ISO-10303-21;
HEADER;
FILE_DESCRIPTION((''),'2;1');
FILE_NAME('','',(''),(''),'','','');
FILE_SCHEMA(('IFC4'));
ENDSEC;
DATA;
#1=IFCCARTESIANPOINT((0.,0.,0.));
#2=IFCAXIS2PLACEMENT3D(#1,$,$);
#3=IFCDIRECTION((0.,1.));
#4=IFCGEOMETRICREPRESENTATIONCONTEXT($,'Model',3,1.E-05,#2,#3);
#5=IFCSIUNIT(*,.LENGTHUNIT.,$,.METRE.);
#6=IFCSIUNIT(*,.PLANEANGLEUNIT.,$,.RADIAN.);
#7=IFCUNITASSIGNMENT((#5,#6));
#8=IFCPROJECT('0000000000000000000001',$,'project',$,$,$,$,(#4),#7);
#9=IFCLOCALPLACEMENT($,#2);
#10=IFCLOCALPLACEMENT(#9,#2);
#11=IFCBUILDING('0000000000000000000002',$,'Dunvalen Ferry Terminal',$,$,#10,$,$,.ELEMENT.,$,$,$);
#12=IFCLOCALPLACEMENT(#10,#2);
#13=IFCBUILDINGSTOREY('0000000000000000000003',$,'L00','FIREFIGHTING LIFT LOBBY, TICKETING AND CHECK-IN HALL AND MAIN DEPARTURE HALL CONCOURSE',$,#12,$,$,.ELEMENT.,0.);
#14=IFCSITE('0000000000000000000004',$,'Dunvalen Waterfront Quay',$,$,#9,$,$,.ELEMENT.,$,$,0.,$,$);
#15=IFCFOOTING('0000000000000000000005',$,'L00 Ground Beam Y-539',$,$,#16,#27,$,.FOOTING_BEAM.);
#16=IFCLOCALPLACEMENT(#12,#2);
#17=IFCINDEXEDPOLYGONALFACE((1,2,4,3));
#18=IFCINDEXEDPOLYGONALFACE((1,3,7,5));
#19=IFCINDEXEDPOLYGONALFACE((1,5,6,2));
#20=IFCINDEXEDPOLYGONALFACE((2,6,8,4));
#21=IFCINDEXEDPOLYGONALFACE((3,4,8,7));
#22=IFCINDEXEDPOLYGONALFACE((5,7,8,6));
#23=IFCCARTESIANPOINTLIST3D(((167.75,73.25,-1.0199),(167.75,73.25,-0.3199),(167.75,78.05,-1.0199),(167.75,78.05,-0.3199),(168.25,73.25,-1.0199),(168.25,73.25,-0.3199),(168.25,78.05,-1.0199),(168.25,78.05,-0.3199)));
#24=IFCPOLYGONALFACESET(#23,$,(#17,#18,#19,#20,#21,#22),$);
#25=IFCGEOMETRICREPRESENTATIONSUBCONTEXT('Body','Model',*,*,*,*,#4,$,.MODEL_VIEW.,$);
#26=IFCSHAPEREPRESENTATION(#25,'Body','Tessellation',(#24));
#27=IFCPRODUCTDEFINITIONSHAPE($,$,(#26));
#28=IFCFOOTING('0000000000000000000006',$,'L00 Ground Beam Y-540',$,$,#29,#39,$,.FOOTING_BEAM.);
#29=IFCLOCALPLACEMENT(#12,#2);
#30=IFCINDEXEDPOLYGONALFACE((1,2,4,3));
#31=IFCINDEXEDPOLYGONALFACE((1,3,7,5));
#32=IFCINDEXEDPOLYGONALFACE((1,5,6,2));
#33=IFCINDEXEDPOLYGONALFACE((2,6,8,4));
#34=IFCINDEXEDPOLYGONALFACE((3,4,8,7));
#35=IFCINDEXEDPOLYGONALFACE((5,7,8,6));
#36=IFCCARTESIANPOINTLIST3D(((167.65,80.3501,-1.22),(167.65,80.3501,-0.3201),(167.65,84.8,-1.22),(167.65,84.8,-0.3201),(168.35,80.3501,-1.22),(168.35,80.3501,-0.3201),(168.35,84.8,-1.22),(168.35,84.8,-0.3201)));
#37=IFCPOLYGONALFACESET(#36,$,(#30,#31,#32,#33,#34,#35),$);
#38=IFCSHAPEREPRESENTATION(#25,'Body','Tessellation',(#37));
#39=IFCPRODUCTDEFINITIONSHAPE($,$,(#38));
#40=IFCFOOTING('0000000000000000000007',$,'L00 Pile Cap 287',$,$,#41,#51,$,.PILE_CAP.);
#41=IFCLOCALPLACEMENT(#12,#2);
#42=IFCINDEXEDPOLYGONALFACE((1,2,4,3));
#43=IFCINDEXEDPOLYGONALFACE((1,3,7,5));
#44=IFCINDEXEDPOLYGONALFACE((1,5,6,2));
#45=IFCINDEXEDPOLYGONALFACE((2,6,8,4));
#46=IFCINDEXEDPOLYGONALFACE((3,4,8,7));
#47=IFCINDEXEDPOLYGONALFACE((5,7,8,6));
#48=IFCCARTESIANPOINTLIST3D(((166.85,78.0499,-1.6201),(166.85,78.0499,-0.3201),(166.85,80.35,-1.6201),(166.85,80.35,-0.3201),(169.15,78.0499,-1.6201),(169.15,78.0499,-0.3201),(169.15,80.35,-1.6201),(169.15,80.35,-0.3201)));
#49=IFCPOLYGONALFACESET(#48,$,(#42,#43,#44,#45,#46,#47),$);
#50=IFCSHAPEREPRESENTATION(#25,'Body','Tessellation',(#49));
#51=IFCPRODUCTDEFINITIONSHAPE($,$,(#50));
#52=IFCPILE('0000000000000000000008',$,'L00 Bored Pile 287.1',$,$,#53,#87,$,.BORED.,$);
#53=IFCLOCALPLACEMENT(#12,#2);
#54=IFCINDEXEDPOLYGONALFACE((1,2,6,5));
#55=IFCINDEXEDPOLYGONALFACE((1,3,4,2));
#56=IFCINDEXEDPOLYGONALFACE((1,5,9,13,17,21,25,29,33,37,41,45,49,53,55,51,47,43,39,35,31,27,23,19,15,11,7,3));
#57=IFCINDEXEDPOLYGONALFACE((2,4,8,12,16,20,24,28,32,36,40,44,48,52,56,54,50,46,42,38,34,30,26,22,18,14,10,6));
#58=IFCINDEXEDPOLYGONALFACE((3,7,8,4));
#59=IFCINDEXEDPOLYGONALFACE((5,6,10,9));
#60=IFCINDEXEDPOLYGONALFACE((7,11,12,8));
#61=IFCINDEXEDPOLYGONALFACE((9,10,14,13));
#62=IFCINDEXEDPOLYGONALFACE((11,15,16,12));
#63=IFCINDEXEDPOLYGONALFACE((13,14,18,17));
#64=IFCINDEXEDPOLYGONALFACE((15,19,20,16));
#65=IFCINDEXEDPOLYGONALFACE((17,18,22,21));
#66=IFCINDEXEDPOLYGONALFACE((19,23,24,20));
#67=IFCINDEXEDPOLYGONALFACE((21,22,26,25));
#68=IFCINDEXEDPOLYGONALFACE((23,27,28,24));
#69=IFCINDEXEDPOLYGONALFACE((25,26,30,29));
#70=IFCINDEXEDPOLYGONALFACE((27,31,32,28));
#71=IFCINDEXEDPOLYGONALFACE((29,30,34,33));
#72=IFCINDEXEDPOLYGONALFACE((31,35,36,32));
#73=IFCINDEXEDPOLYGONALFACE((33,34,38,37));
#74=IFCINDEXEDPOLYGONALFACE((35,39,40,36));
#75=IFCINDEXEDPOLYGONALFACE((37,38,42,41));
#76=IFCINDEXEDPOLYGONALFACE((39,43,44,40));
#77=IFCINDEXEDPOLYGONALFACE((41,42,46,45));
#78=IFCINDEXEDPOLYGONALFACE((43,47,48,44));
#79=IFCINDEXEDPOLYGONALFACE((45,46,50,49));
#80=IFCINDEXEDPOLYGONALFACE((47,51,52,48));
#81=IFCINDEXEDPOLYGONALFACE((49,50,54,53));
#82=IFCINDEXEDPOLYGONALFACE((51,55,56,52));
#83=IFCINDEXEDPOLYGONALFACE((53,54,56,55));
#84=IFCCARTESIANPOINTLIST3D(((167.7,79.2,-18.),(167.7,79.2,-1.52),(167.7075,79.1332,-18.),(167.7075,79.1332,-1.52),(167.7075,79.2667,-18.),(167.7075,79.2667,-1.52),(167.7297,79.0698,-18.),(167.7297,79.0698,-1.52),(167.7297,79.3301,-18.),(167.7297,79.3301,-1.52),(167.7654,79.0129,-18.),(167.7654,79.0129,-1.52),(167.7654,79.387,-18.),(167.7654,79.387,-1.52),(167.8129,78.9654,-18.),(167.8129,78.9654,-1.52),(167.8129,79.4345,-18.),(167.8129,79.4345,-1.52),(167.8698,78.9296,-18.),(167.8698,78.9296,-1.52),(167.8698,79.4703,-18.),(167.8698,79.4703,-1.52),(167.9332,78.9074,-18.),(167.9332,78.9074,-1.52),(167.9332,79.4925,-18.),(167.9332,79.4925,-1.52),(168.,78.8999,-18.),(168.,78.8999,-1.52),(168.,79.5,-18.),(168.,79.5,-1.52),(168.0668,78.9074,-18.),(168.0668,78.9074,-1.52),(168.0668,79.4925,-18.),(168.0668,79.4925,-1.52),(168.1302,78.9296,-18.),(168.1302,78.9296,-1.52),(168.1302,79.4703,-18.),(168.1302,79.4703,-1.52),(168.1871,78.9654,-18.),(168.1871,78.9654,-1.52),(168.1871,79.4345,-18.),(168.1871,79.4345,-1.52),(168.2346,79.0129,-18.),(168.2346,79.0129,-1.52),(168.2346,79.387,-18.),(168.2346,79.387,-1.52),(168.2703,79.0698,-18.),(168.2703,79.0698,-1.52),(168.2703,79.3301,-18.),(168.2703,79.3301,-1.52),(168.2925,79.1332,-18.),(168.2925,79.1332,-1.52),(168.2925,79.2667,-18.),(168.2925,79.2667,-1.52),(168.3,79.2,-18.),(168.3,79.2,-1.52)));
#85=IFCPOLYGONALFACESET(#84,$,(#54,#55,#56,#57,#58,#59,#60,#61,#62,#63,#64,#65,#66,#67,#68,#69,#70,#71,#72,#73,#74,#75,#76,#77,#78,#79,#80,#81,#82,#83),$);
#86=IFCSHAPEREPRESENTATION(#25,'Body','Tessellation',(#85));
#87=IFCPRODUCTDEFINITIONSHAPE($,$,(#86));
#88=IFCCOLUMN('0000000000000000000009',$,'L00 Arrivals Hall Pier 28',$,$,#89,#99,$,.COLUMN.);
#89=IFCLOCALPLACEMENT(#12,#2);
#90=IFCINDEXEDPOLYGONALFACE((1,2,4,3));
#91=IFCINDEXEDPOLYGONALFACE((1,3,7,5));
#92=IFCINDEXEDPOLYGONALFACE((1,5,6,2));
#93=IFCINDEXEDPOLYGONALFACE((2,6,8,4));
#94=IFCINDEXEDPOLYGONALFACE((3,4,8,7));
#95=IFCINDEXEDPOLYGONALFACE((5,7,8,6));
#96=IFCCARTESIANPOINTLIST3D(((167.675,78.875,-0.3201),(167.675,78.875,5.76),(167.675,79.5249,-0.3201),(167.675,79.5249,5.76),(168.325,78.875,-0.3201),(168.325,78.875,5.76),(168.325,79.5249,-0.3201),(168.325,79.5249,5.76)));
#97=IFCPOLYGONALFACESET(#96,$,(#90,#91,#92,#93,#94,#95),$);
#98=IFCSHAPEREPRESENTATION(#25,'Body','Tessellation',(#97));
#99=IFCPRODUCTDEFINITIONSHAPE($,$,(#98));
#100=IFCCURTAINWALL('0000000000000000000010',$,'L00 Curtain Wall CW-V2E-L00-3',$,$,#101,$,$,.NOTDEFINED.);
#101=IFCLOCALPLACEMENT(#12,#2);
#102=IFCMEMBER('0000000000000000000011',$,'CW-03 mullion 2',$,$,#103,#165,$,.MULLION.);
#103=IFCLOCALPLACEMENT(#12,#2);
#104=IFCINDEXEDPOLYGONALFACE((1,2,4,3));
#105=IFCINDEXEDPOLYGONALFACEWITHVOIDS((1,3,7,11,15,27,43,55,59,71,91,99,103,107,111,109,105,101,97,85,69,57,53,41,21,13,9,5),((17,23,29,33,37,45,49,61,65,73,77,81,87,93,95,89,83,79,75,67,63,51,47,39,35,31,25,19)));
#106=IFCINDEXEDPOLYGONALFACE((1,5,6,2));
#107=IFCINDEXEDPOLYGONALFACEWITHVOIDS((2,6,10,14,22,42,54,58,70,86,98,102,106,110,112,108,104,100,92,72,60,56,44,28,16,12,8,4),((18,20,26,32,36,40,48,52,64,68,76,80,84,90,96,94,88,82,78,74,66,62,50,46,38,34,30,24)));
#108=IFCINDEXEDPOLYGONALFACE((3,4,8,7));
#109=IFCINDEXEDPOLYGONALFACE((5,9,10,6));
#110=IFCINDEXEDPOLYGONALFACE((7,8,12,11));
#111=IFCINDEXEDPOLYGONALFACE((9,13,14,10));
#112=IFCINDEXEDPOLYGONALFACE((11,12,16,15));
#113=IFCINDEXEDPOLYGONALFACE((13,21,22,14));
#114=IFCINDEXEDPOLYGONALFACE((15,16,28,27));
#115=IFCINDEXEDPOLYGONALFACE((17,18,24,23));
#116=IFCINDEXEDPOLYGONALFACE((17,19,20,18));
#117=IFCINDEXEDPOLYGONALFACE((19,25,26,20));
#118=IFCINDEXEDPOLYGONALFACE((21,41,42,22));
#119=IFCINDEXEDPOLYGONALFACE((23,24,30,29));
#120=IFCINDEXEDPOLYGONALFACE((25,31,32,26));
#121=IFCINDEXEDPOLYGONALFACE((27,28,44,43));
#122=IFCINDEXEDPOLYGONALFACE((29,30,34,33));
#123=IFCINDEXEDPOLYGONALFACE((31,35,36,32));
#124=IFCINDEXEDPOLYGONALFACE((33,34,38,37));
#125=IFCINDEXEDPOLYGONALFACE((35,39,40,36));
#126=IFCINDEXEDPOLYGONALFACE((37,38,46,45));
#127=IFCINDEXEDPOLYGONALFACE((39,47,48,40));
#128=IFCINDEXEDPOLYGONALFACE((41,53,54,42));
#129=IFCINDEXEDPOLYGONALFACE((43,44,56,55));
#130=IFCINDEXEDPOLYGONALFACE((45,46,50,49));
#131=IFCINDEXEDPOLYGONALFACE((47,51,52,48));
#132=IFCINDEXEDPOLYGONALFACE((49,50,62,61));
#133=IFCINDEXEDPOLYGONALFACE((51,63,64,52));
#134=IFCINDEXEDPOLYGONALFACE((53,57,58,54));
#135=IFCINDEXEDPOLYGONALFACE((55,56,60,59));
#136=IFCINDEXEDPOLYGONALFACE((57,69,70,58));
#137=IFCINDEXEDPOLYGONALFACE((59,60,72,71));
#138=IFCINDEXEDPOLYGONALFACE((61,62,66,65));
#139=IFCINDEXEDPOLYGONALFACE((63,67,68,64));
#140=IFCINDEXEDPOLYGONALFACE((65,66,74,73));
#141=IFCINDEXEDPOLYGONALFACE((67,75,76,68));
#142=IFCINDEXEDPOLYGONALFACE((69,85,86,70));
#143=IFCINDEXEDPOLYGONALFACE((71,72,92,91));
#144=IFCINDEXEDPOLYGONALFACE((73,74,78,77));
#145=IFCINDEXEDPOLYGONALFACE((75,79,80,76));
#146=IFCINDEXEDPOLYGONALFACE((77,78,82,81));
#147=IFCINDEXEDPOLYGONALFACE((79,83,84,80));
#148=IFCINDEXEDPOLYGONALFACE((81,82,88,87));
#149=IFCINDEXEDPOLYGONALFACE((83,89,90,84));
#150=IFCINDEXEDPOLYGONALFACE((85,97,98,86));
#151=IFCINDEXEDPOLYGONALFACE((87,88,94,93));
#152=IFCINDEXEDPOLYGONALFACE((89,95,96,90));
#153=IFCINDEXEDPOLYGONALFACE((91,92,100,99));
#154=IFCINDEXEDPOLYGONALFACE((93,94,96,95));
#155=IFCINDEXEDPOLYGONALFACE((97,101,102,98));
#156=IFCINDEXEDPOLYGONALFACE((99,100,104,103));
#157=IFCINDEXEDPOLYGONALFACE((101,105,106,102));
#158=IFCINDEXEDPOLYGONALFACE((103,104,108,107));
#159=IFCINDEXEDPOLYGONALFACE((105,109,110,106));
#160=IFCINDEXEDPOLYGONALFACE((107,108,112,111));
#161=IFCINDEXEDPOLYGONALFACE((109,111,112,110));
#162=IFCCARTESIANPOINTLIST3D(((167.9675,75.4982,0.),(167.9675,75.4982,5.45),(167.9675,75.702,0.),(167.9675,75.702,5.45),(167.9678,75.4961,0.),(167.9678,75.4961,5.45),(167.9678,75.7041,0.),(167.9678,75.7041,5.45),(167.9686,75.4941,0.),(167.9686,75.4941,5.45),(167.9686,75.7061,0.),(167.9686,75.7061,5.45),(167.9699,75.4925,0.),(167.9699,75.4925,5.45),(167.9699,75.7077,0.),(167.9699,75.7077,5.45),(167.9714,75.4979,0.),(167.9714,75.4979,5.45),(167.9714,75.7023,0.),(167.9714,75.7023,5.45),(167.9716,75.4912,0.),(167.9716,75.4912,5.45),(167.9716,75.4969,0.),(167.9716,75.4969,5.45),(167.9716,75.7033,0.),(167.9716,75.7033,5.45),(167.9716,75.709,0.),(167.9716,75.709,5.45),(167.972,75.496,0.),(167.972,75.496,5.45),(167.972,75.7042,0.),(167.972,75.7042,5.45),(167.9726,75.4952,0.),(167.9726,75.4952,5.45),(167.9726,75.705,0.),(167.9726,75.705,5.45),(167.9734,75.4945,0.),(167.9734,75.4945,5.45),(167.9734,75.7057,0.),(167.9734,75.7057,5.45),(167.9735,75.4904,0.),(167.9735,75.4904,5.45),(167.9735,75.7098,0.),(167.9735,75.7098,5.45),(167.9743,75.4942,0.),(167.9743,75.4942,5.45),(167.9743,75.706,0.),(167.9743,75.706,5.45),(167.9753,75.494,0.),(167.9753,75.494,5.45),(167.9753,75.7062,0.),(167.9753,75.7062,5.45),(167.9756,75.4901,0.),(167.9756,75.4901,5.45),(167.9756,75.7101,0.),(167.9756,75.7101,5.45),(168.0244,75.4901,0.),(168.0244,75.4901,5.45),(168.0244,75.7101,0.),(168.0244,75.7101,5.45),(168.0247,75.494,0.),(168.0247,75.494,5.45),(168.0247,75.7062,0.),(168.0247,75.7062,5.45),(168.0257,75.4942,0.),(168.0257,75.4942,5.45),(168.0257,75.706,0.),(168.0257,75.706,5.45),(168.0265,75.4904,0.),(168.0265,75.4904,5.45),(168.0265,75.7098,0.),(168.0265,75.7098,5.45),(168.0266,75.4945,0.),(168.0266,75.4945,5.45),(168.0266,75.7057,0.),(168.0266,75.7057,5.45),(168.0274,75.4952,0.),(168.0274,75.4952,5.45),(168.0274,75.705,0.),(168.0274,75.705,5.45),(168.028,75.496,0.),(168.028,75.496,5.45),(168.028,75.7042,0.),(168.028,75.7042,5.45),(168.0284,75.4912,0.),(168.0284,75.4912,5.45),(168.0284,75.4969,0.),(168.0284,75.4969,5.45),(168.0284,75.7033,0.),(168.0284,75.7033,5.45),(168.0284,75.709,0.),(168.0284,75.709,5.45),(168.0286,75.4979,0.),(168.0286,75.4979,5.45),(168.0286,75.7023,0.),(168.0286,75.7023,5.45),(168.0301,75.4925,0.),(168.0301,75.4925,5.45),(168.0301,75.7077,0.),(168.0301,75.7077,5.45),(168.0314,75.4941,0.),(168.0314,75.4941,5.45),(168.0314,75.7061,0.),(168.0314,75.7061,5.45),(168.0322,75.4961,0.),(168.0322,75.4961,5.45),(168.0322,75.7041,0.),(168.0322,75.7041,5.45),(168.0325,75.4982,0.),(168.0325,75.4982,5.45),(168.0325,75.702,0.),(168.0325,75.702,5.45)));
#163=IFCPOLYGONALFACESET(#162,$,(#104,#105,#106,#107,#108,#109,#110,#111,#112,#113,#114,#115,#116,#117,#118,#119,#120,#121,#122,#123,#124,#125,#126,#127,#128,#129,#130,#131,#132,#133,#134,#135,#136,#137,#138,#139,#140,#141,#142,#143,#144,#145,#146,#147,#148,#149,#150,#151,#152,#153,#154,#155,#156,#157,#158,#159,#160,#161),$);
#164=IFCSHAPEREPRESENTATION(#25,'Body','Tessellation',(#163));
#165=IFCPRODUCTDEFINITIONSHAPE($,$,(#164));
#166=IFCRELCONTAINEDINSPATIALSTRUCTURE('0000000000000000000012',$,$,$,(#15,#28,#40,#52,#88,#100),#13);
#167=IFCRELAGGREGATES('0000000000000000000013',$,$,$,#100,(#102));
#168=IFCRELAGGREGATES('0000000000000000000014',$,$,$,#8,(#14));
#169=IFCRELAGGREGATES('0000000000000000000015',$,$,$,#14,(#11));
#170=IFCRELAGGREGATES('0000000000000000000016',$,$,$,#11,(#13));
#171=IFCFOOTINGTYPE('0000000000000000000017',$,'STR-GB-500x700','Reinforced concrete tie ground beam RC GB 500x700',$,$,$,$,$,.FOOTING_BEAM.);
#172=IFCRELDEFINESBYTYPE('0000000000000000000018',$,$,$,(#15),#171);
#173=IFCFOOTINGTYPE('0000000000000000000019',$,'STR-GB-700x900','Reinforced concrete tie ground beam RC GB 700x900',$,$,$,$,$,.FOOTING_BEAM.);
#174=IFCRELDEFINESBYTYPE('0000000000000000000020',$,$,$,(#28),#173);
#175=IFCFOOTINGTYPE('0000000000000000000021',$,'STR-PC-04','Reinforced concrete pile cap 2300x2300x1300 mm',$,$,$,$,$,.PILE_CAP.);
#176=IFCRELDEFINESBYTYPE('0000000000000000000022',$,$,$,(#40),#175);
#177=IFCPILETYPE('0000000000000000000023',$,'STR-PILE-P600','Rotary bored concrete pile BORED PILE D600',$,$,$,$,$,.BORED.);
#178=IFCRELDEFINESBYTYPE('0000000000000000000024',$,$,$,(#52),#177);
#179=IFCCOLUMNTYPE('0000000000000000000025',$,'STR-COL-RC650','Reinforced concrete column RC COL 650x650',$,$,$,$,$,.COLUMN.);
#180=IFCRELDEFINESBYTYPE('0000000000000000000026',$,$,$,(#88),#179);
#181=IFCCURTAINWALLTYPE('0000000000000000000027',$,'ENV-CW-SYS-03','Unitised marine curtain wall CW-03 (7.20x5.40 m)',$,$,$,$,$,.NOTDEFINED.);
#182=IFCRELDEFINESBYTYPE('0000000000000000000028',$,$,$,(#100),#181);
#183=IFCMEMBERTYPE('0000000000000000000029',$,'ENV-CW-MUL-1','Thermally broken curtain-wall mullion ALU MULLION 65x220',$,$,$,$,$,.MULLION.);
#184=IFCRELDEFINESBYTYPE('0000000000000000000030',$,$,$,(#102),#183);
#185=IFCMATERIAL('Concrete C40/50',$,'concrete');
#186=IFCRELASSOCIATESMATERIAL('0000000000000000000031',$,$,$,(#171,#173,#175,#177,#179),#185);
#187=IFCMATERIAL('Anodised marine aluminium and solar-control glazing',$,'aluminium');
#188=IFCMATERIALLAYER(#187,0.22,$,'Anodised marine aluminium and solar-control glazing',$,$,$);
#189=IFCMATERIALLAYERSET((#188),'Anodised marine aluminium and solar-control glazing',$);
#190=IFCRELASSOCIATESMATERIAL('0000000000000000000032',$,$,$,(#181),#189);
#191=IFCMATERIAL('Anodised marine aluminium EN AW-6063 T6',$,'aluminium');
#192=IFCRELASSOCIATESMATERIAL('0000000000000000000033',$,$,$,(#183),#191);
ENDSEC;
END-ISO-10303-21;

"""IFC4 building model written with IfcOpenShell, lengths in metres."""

from ifc_helpers import new_model, si_unit, direction, frame, origin, origin_2d, place, context, subcontext, project, spatial, rectangle, hollow_rectangle, circle, extrude, material, layer, layer_set, material_profile, profile_set, type_object, element, aggregate, save


model = new_model("IFC4")

# Units and contexts
model_context = context("Model", 3, precision=1e-05, world=origin(), true_north=direction((0.0, 1.0)))
body_context = subcontext(model_context, "Body", "Model", "MODEL_VIEW")
ifc_project = project(units=[si_unit("LENGTHUNIT", "METRE"), si_unit("PLANEANGLEUNIT", "RADIAN")], contexts=[model_context])

# Site, building, storey
site_placement = place(None, origin())
site = spatial("IfcSite", under=ifc_project, at=site_placement, Name="Dunvalen Waterfront Quay", CompositionType="ELEMENT", RefElevation=0.0)
building_placement = place(site_placement, origin())
building = spatial("IfcBuilding", under=site, at=building_placement, Name="Dunvalen Ferry Terminal", CompositionType="ELEMENT")
storey_placement = place(building_placement, origin())
storey = spatial("IfcBuildingStorey", under=building, at=storey_placement, Name="L00", Description="FIREFIGHTING LIFT LOBBY, TICKETING AND CHECK-IN HALL AND MAIN DEPARTURE HALL CONCOURSE", CompositionType="ELEMENT", Elevation=0.0)

# Footings
ifc_material_1 = material(Name="Concrete C40/50", Category="concrete")
ifc_material_profile_1 = material_profile(ifc_material_1, rectangle(XDim=0.5, YDim=0.7, at=origin_2d()), Name="Concrete C40/50")
ifc_profile_set_1 = profile_set([ifc_material_profile_1], Name="Concrete C40/50")
footing_type_1 = type_object("IfcFootingType", Name="STR-GB-500x700", Description="Reinforced concrete tie ground beam RC GB 500x700", PredefinedType="FOOTING_BEAM", material=ifc_profile_set_1)
footing_1_placement = place(storey_placement, frame((168.0, 73.25, -0.6699), z_axis=(0.0, 1.0, 0.0), x_axis=(-1.0, 0.0, 0.0)))
element("IfcFooting", 1, at=footing_1_placement, inside=storey, type_object=footing_type_1, Name="L00 Ground Beam Y-539", PredefinedType="FOOTING_BEAM", context=body_context, shape_type="SweptSolid", body=[
    extrude(rectangle(XDim=0.5, YDim=0.7, at=origin_2d()), origin(), (0.0, 0.0, 1.0), 4.8),
])
ifc_material_profile_2 = material_profile(ifc_material_1, rectangle(XDim=0.7, YDim=0.8999, at=origin_2d()), Name="Concrete C40/50")
ifc_profile_set_2 = profile_set([ifc_material_profile_2], Name="Concrete C40/50")
footing_type_2 = type_object("IfcFootingType", Name="STR-GB-700x900", Description="Reinforced concrete tie ground beam RC GB 700x900", PredefinedType="FOOTING_BEAM", material=ifc_profile_set_2)
footing_2_placement = place(storey_placement, frame((168.0, 80.3501, -0.77), z_axis=(0.0, 1.0, 0.0), x_axis=(-1.0, 0.0, 0.0)))
element("IfcFooting", 2, at=footing_2_placement, inside=storey, type_object=footing_type_2, Name="L00 Ground Beam Y-540", PredefinedType="FOOTING_BEAM", context=body_context, shape_type="SweptSolid", body=[
    extrude(rectangle(XDim=0.7, YDim=0.8999, at=origin_2d()), origin(), (0.0, 0.0, 1.0), 4.45),
])
footing_type_3 = type_object("IfcFootingType", Name="STR-PC-04", Description="Reinforced concrete pile cap 2300x2300x1300 mm", PredefinedType="PILE_CAP", material=ifc_material_1)
footing_3_placement = place(storey_placement, frame((168.0, 79.2, -1.6201), z_axis=(0.0, 0.0, 1.0), x_axis=(1.0, 0.0, 0.0)))
element("IfcFooting", 3, at=footing_3_placement, inside=storey, type_object=footing_type_3, Name="L00 Pile Cap 287", PredefinedType="PILE_CAP", context=body_context, shape_type="SweptSolid", body=[
    extrude(rectangle(XDim=2.3, YDim=2.3, at=origin_2d()), origin(), (0.0, 0.0, 1.0), 1.3),
])

# Pile
ifc_material_profile_3 = material_profile(ifc_material_1, circle(Radius=0.3, at=origin_2d()), Name="Concrete C40/50")
ifc_profile_set_3 = profile_set([ifc_material_profile_3], Name="Concrete C40/50")
pile_type = type_object("IfcPileType", Name="STR-PILE-P600", Description="Rotary bored concrete pile BORED PILE D600", PredefinedType="BORED", material=ifc_profile_set_3)
pile_placement = place(storey_placement, frame((168.0, 79.2, -1.52), z_axis=(0.0, 0.0, -1.0), x_axis=(1.0, 0.0, 0.0)))
element("IfcPile", 4, at=pile_placement, inside=storey, type_object=pile_type, Name="L00 Bored Pile 287.1", PredefinedType="BORED", context=body_context, shape_type="SweptSolid", body=[
    extrude(circle(Radius=0.3, at=origin_2d()), origin(), (0.0, 0.0, 1.0), 16.48),
])

# Column
ifc_material_profile_4 = material_profile(ifc_material_1, rectangle(XDim=0.6499, YDim=0.6499, at=origin_2d()), Name="Concrete C40/50")
ifc_profile_set_4 = profile_set([ifc_material_profile_4], Name="Concrete C40/50")
column_type = type_object("IfcColumnType", Name="STR-COL-RC650", Description="Reinforced concrete column RC COL 650x650", PredefinedType="COLUMN", material=ifc_profile_set_4)
column_placement = place(storey_placement, frame((168.0, 79.2, -0.3201), z_axis=(0.0, 0.0, 1.0), x_axis=(1.0, 0.0, 0.0)))
element("IfcColumn", 5, at=column_placement, inside=storey, type_object=column_type, Name="L00 Arrivals Hall Pier 28", PredefinedType="COLUMN", context=body_context, shape_type="SweptSolid", body=[
    extrude(rectangle(XDim=0.6499, YDim=0.6499, at=origin_2d()), origin(), (0.0, 0.0, 1.0), 6.0801),
])

# Curtain wall, member
ifc_material_2 = material(Name="Anodised marine aluminium and solar-control glazing", Category="aluminium")
ifc_layer_1 = layer(ifc_material_2, 0.22, Name="Anodised marine aluminium and solar-control glazing")
ifc_layer_set_1 = layer_set([ifc_layer_1], Name="Anodised marine aluminium and solar-control glazing")
curtain_wall_type = type_object("IfcCurtainWallType", Name="ENV-CW-SYS-03", Description="Unitised marine curtain wall CW-03 (7.20x5.40 m)", PredefinedType="NOTDEFINED", material=ifc_layer_set_1)
curtain_wall_1_placement = place(storey_placement, origin())
curtain_wall_1 = element("IfcCurtainWall", 6, at=curtain_wall_1_placement, inside=storey, type_object=curtain_wall_type, Name="L00 Curtain Wall CW-V2E-L00-3", PredefinedType="NOTDEFINED")
ifc_material_3 = material(Name="Anodised marine aluminium EN AW-6063 T6", Category="aluminium")
ifc_material_profile_5 = material_profile(ifc_material_3, hollow_rectangle(XDim=0.0649, YDim=0.22, WallThickness=0.0039, InnerFilletRadius=0.0039, OuterFilletRadius=0.0081, at=origin_2d()), Name="Anodised marine aluminium EN AW-6063 T6")
ifc_profile_set_5 = profile_set([ifc_material_profile_5], Name="Anodised marine aluminium EN AW-6063 T6")
member_type_1 = type_object("IfcMemberType", Name="ENV-CW-MUL-1", Description="Thermally broken curtain-wall mullion ALU MULLION 65x220", PredefinedType="MULLION", material=ifc_profile_set_5)
member_1_placement = place(storey_placement, frame((168.0, 75.6001, 0.0), z_axis=(0.0, 0.0, 1.0), x_axis=(-1.0, 0.0, 0.0)))
member_1 = element("IfcMember", 7, at=member_1_placement, type_object=member_type_1, Name="CW-03 mullion 2", PredefinedType="MULLION", context=body_context, shape_type="SweptSolid", body=[
    extrude(hollow_rectangle(XDim=0.0649, YDim=0.22, WallThickness=0.0039, InnerFilletRadius=0.0039, OuterFilletRadius=0.0081, at=origin_2d()), origin(), (0.0, 0.0, 1.0), 5.45),
])

aggregate(curtain_wall_1, [member_1])

save(model, "model.ifc")
